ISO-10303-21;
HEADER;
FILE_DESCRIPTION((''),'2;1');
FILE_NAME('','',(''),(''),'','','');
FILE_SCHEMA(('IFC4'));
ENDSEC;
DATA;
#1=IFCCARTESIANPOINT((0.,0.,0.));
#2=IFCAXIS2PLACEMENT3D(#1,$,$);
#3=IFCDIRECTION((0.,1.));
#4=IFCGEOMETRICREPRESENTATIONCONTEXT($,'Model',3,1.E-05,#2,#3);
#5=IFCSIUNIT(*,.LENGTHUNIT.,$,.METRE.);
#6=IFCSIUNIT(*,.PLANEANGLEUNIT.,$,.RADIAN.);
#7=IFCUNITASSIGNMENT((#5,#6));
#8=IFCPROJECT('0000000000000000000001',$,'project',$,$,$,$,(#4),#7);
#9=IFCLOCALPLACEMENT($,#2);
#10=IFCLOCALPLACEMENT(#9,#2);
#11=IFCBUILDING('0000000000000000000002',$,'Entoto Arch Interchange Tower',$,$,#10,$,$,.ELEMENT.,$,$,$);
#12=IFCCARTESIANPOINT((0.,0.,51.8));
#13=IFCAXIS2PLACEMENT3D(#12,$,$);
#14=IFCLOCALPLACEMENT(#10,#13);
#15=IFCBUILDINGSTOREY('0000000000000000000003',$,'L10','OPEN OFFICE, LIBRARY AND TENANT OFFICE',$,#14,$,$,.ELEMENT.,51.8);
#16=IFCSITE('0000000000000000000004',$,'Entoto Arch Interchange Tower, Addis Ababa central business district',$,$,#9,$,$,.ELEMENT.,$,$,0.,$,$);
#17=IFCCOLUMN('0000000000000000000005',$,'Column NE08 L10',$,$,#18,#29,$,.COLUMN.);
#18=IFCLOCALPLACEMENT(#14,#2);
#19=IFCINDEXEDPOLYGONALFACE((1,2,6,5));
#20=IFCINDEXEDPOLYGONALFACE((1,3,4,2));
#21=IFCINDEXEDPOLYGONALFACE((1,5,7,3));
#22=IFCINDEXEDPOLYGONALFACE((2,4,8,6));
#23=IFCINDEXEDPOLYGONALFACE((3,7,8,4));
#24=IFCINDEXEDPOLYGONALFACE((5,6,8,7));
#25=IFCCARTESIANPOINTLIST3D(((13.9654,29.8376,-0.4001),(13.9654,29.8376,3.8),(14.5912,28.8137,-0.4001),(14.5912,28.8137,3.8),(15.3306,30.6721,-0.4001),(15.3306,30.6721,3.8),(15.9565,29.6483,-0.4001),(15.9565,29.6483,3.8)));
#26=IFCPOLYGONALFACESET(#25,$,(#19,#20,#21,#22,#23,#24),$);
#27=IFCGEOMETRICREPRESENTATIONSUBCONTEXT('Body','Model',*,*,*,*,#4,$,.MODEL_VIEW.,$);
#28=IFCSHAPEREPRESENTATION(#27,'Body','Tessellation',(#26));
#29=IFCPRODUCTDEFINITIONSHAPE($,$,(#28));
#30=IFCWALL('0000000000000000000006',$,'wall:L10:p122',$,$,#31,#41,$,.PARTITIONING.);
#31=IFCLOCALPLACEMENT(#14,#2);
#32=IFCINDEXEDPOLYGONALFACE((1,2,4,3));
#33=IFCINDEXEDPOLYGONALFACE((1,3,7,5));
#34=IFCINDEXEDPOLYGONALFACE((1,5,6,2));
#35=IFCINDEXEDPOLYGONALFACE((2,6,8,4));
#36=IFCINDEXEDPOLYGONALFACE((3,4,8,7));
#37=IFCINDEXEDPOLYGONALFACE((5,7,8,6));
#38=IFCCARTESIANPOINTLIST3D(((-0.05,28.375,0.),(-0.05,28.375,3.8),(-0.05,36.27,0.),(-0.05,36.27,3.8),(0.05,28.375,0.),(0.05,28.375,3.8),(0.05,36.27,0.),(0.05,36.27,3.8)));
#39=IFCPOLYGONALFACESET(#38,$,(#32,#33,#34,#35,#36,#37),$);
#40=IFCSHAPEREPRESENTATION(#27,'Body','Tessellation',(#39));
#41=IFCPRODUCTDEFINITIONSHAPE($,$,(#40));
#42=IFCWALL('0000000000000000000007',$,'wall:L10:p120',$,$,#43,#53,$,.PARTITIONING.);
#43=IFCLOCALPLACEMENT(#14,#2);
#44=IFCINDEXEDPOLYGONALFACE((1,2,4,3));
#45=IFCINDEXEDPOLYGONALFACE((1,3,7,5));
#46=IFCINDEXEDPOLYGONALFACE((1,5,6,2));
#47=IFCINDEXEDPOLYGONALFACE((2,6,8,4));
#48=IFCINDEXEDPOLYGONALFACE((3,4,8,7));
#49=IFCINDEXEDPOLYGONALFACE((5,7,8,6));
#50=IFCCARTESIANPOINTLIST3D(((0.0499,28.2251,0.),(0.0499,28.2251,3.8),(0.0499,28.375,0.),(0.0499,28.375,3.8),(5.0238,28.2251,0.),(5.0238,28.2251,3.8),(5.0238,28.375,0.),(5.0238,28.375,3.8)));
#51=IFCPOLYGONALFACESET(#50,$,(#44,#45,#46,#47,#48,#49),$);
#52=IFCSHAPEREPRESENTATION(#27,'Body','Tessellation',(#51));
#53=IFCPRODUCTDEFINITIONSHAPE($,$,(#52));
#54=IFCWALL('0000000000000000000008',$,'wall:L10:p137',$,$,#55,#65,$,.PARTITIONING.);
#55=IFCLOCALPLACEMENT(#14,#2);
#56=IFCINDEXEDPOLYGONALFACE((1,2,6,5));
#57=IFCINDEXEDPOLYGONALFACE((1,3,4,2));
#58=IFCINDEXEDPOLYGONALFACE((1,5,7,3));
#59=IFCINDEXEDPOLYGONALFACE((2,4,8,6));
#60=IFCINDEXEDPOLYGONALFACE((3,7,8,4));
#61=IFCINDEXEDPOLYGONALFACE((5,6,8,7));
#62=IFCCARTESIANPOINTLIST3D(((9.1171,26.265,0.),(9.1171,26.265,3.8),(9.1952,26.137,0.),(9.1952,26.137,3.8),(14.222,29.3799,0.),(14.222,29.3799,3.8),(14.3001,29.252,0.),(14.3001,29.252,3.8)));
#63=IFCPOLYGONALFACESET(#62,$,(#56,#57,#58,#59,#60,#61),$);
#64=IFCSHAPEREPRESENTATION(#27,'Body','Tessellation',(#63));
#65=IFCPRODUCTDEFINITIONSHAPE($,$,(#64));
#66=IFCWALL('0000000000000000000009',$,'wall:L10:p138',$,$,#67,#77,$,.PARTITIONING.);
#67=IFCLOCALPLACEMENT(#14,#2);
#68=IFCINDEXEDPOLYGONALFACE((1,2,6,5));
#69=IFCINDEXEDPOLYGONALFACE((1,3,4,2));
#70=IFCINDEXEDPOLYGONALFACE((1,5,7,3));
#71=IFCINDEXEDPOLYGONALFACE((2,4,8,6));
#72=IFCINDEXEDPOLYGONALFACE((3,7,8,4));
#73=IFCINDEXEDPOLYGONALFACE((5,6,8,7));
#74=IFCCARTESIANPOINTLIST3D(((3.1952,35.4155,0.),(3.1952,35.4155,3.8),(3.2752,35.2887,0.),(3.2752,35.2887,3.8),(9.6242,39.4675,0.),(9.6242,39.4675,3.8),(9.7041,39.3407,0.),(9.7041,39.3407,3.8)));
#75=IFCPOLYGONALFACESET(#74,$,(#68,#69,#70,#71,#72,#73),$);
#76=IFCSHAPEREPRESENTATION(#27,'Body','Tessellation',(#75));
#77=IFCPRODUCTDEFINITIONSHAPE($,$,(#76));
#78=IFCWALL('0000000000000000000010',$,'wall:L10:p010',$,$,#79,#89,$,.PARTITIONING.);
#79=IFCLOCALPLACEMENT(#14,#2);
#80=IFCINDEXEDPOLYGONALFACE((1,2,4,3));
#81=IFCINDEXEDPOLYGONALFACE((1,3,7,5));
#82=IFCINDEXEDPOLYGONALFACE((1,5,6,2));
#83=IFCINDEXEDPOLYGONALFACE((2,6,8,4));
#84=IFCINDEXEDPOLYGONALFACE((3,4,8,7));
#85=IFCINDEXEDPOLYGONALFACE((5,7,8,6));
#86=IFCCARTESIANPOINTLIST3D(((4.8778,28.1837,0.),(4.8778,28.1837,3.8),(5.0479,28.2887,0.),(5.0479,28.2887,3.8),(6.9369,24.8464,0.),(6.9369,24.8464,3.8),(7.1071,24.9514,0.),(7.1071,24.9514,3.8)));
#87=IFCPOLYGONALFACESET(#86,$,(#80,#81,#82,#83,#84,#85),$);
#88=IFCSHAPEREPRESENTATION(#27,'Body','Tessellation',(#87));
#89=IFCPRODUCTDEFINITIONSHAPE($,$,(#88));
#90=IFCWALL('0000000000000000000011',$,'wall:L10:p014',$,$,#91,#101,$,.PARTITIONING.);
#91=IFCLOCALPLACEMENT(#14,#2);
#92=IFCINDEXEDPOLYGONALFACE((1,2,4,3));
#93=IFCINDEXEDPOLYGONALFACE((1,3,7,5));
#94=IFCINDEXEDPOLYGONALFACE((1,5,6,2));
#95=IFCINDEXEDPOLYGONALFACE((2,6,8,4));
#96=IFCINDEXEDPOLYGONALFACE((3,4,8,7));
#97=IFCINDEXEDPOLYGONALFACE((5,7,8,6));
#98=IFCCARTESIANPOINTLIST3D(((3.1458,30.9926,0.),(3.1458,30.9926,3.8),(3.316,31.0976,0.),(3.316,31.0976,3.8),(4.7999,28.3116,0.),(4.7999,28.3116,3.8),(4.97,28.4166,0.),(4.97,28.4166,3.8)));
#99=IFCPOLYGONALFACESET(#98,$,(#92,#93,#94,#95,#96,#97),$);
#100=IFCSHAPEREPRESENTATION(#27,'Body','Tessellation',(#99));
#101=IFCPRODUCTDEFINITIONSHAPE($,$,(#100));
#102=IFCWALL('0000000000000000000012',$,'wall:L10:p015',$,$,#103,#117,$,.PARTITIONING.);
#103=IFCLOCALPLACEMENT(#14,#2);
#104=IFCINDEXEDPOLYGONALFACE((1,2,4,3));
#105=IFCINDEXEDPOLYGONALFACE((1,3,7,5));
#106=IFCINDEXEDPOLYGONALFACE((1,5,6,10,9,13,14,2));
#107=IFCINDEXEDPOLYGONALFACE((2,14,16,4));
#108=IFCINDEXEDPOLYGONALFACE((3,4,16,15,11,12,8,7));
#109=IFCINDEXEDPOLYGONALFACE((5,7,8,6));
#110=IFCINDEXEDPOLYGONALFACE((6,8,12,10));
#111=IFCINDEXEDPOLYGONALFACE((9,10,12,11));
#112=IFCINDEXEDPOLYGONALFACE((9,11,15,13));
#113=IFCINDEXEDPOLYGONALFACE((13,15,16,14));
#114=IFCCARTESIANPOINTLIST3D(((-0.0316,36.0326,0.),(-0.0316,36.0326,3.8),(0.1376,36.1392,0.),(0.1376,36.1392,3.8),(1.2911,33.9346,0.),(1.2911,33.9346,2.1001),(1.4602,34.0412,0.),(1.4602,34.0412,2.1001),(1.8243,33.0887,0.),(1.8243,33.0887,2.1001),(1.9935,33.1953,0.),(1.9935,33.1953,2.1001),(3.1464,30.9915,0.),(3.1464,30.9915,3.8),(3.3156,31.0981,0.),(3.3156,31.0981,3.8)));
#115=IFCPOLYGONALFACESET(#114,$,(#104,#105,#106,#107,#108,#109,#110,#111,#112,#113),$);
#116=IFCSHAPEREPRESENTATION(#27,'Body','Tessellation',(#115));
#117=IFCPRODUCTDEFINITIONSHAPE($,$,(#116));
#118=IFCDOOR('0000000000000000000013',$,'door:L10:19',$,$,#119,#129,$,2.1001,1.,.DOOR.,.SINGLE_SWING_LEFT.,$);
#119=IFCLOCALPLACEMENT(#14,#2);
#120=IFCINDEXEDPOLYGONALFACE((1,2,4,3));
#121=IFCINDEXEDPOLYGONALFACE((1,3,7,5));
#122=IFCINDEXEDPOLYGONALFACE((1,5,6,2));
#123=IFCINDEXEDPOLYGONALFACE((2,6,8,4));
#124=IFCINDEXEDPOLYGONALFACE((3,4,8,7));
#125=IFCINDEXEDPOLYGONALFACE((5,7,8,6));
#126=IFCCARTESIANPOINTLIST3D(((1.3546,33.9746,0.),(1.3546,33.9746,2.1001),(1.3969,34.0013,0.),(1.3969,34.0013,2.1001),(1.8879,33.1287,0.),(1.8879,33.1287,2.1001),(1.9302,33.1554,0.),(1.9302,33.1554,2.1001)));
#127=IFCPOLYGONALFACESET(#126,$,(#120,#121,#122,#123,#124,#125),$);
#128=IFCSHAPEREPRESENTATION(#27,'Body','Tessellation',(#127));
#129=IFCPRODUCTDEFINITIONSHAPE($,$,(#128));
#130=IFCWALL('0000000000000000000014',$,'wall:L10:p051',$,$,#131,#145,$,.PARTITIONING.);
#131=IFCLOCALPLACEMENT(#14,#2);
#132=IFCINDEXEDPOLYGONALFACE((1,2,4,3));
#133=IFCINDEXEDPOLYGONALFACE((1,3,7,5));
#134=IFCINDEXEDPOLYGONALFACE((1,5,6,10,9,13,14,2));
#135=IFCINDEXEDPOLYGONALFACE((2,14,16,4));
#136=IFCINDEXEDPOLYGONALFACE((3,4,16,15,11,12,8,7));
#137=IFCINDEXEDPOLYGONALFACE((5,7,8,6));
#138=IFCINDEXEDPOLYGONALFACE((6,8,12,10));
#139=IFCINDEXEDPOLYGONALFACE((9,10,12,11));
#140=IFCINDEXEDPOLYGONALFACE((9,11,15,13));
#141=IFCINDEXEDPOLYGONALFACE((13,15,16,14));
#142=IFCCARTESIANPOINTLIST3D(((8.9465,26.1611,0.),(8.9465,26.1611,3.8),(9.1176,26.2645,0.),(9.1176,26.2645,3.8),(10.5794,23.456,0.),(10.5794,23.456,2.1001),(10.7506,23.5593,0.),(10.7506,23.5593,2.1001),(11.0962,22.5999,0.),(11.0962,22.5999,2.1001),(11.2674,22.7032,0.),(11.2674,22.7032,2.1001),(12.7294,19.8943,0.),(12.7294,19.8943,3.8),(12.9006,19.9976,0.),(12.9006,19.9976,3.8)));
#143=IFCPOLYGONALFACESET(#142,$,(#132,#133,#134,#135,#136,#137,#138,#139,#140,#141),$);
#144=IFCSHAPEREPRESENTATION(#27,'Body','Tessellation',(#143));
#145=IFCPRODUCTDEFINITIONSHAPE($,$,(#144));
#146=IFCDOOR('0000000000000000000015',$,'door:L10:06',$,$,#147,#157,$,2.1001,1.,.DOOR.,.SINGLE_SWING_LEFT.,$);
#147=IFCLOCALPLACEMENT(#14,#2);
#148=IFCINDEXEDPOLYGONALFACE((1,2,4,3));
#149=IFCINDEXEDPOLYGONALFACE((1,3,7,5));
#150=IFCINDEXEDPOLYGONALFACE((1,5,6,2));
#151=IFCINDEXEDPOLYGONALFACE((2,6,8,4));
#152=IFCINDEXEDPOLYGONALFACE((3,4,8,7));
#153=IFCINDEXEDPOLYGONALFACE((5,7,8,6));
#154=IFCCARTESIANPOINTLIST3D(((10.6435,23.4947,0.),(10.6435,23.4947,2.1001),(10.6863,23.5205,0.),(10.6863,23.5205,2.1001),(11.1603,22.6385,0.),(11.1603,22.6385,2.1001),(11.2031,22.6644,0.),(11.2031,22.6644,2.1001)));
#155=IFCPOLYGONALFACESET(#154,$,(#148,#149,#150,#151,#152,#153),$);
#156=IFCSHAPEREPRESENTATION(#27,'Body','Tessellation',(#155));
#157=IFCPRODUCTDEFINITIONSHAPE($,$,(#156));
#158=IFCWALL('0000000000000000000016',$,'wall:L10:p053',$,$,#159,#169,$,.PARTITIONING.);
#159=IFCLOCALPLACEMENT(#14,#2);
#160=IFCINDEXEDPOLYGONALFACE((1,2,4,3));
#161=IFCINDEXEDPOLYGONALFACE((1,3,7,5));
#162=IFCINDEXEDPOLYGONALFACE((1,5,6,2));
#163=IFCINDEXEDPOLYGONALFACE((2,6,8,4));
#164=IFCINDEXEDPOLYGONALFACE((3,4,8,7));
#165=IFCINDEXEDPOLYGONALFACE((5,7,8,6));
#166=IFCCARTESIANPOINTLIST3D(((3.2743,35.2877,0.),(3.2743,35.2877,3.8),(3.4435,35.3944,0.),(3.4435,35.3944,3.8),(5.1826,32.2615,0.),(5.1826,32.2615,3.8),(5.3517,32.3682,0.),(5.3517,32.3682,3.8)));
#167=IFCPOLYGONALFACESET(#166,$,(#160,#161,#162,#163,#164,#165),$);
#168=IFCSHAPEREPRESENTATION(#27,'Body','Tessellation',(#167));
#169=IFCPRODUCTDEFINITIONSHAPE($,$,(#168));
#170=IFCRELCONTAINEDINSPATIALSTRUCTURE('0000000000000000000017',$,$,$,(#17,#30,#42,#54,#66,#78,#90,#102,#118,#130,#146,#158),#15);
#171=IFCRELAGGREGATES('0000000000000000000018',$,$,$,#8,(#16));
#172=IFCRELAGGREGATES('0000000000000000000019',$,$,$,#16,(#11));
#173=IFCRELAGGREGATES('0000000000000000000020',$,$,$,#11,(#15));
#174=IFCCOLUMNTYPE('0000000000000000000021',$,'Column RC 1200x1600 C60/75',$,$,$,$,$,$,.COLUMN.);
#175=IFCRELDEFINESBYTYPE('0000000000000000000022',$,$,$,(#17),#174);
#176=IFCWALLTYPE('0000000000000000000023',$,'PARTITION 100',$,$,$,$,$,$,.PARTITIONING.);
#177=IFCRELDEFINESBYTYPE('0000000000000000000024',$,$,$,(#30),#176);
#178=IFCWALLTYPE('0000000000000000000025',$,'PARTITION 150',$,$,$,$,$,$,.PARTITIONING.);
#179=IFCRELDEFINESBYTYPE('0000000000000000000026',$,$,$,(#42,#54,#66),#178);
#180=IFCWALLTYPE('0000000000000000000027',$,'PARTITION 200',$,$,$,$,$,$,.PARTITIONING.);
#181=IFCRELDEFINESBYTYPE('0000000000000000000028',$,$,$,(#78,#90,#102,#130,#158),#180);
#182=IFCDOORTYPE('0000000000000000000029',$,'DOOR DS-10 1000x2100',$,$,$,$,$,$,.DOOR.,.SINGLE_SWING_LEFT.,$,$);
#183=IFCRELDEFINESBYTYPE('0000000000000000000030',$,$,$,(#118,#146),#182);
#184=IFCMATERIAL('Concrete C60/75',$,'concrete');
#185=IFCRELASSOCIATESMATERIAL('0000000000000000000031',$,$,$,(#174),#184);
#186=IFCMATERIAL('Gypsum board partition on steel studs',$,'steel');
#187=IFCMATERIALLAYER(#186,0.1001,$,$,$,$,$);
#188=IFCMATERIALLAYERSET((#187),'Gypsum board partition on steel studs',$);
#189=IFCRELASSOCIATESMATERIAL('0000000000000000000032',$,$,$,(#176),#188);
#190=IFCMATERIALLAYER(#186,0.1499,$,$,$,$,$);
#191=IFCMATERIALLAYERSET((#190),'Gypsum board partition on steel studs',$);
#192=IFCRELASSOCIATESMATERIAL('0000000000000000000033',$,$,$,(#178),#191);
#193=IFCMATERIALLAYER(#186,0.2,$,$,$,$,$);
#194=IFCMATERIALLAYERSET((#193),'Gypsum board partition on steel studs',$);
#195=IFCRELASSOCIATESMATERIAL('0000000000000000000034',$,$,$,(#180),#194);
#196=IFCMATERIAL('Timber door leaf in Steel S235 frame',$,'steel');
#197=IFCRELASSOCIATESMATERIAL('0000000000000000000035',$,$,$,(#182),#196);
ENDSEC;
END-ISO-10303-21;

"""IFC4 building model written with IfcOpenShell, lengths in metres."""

from ifc_helpers import new_model, si_unit, direction, frame, frame_2d, origin, origin_2d, place, context, subcontext, project, spatial, rectangle, extrude, material, layer, layer_set, material_profile, profile_set, type_object, element, fill, save


model = new_model("IFC4")

# Units and contexts
model_context = context("Model", 3, precision=1e-05, world=origin(), true_north=direction((0.0, 1.0)))
body_context = subcontext(model_context, "Body", "Model", "MODEL_VIEW")
ifc_project = project(units=[si_unit("LENGTHUNIT", "METRE"), si_unit("PLANEANGLEUNIT", "RADIAN")], contexts=[model_context])

# Site, building, storey
site_placement = place(None, origin())
site = spatial("IfcSite", under=ifc_project, at=site_placement, Name="Entoto Arch Interchange Tower, Addis Ababa central business district", CompositionType="ELEMENT", RefElevation=0.0)
building_placement = place(site_placement, origin())
building = spatial("IfcBuilding", under=site, at=building_placement, Name="Entoto Arch Interchange Tower", CompositionType="ELEMENT")
storey_placement = place(building_placement, frame((0.0, 0.0, 51.8)))
storey = spatial("IfcBuildingStorey", under=building, at=storey_placement, Name="L10", Description="OPEN OFFICE, LIBRARY AND TENANT OFFICE", CompositionType="ELEMENT", Elevation=51.8)

# Column
ifc_material_1 = material(Name="Concrete C60/75", Category="concrete")
ifc_material_profile = material_profile(ifc_material_1, rectangle(XDim=1.2, YDim=1.6001, at=origin_2d()))
ifc_profile_set = profile_set([ifc_material_profile], Name="Concrete C60/75")
column_type = type_object("IfcColumnType", Name="Column RC 1200x1600 C60/75", PredefinedType="COLUMN", material=ifc_profile_set)
column_placement = place(storey_placement, frame((14.9609, 29.7429, -0.4001), z_axis=(0.0, 0.0, 1.0), x_axis=(-0.521546, 0.853223, 0.0)))
element("IfcColumn", 1, at=column_placement, inside=storey, type_object=column_type, Name="Column NE08 L10", PredefinedType="COLUMN", context=body_context, shape_type="SweptSolid", body=[
    extrude(rectangle(XDim=1.2, YDim=1.6001, at=origin_2d()), origin(), (0.0, 0.0, 1.0), 4.2002),
])

# Walls
ifc_material_2 = material(Name="Gypsum board partition on steel studs", Category="steel")
ifc_layer_1 = layer(ifc_material_2, 0.1001)
ifc_layer_set_1 = layer_set([ifc_layer_1], Name="Gypsum board partition on steel studs")
wall_type_1 = type_object("IfcWallType", Name="PARTITION 100", PredefinedType="PARTITIONING", material=ifc_layer_set_1)
wall_1_placement = place(storey_placement, frame((0.0, 28.375, 0.0), z_axis=(0.0, 0.0, 1.0), x_axis=(0.0, 1.0, 0.0)))
element("IfcWall", 2, at=wall_1_placement, inside=storey, type_object=wall_type_1, Name="wall:L10:p122", PredefinedType="PARTITIONING", context=body_context, shape_type="SweptSolid", body=[
    extrude(rectangle(XDim=7.895, YDim=0.1001, at=frame_2d((3.9475, 0.0))), origin(), (0.0, 0.0, 1.0), 3.8),
])
ifc_layer_2 = layer(ifc_material_2, 0.1499)
ifc_layer_set_2 = layer_set([ifc_layer_2], Name="Gypsum board partition on steel studs")
wall_type_2 = type_object("IfcWallType", Name="PARTITION 150", PredefinedType="PARTITIONING", material=ifc_layer_set_2)
wall_2_placement = place(storey_placement, frame((0.05, 28.3, 0.0), z_axis=(0.0, 0.0, 1.0), x_axis=(1.0, 0.0, 0.0)))
element("IfcWall", 3, at=wall_2_placement, inside=storey, type_object=wall_type_2, Name="wall:L10:p120", PredefinedType="PARTITIONING", context=body_context, shape_type="SweptSolid", body=[
    extrude(rectangle(XDim=4.9739, YDim=0.1499, at=frame_2d((2.4868, 0.0))), origin(), (0.0, 0.0, 1.0), 3.8),
])
wall_3_placement = place(storey_placement, frame((9.156, 26.2009, 0.0), z_axis=(0.0, 0.0, 1.0), x_axis=(0.853633, 0.520875, 0.0)))
element("IfcWall", 4, at=wall_3_placement, inside=storey, type_object=wall_type_2, Name="wall:L10:p137", PredefinedType="PARTITIONING", context=body_context, shape_type="SweptSolid", body=[
    extrude(rectangle(XDim=5.9802, YDim=0.1499, at=frame_2d((2.9902, 0.0))), origin(), (0.0, 0.0, 1.0), 3.8),
])
wall_4_placement = place(storey_placement, frame((3.2351, 35.3521, 0.0), z_axis=(0.0, 0.0, 1.0), x_axis=(0.845987, 0.533203, 0.0)))
element("IfcWall", 5, at=wall_4_placement, inside=storey, type_object=wall_type_2, Name="wall:L10:p138", PredefinedType="PARTITIONING", context=body_context, shape_type="SweptSolid", body=[
    extrude(rectangle(XDim=7.5994, YDim=0.1499, at=frame_2d((3.7998, 0.0))), origin(), (0.0, 0.0, 1.0), 3.8),
])
ifc_layer_3 = layer(ifc_material_2, 0.2)
ifc_layer_set_3 = layer_set([ifc_layer_3], Name="Gypsum board partition on steel studs")
wall_type_3 = type_object("IfcWallType", Name="PARTITION 200", PredefinedType="PARTITIONING", material=ifc_layer_set_3)
wall_5_placement = place(storey_placement, frame((7.022, 24.8989, 0.0), z_axis=(0.0, 0.0, 1.0), x_axis=(-0.525104, 0.851038, 0.0)))
element("IfcWall", 6, at=wall_5_placement, inside=storey, type_object=wall_type_3, Name="wall:L10:p010", PredefinedType="PARTITIONING", context=body_context, shape_type="SweptSolid", body=[
    extrude(rectangle(XDim=3.9214, YDim=0.2, at=frame_2d((1.9607, 0.0))), origin(), (0.0, 0.0, 1.0), 3.8),
])
wall_6_placement = place(storey_placement, frame((4.885, 28.364, 0.0), z_axis=(0.0, 0.0, 1.0), x_axis=(-0.525079, 0.851054, 0.0)))
element("IfcWall", 7, at=wall_6_placement, inside=storey, type_object=wall_type_3, Name="wall:L10:p014", PredefinedType="PARTITIONING", context=body_context, shape_type="SweptSolid", body=[
    extrude(rectangle(XDim=3.1501, YDim=0.2, at=frame_2d((1.5752, 0.0))), origin(), (0.0, 0.0, 1.0), 3.8),
])

# Walls, openings, doors
wall_7_placement = place(storey_placement, frame((3.231, 31.0449, 0.0), z_axis=(0.0, 0.0, 1.0), x_axis=(-0.533295, 0.84593, 0.0)))
wall_7 = element("IfcWall", 8, at=wall_7_placement, inside=storey, type_object=wall_type_3, Name="wall:L10:p015", PredefinedType="PARTITIONING", context=body_context, shape_type="SweptSolid", body=[
    extrude(rectangle(XDim=5.9592, YDim=0.2, at=frame_2d((2.9795, 0.0))), origin(), (0.0, 0.0, 1.0), 3.8),
])
opening_1_placement = place(wall_7_placement, frame((2.479, 0.0, 0.0)))
opening_1 = element("IfcOpeningElement", 9, at=opening_1_placement, cuts=wall_7, PredefinedType="OPENING", context=body_context, shape_type="SweptSolid", body=[
    extrude(rectangle(XDim=1.0, YDim=2.1001, at=frame_2d((0.5, 1.05))), frame((0.0, 0.1099, 0.0), z_axis=(0.0, -1.0, 0.0), x_axis=(1.0, 0.0, 0.0)), (0.0, 0.0, 1.0), 0.22),
])
ifc_material_3 = material(Name="Timber door leaf in Steel S235 frame", Category="steel")
door_type = type_object("IfcDoorType", Name="DOOR DS-10 1000x2100", OperationType="SINGLE_SWING_LEFT", PredefinedType="DOOR", material=ifc_material_3)
door_1_placement = place(opening_1_placement, origin())
door_1 = element("IfcDoor", 10, at=door_1_placement, inside=storey, type_object=door_type, Name="door:L10:19", OperationType="SINGLE_SWING_LEFT", OverallHeight=2.1001, OverallWidth=1.0, PredefinedType="DOOR", context=body_context, shape_type="SweptSolid", body=[
    extrude(rectangle(XDim=1.0, YDim=2.1001, at=frame_2d((0.5, 1.05))), frame((0.0, 0.0249, 0.0), z_axis=(0.0, -1.0, 0.0), x_axis=(1.0, 0.0, 0.0)), (0.0, 0.0, 1.0), 0.05),
])
fill(opening_1, door_1)
wall_8_placement = place(storey_placement, frame((9.032, 26.2129, 0.0), z_axis=(0.0, 0.0, 1.0), x_axis=(0.516789, -0.856113, 0.0)))
wall_8 = element("IfcWall", 11, at=wall_8_placement, inside=storey, type_object=wall_type_3, Name="wall:L10:p051", PredefinedType="PARTITIONING", context=body_context, shape_type="SweptSolid", body=[
    extrude(rectangle(XDim=7.3201, YDim=0.2, at=frame_2d((3.6602, 0.0))), origin(), (0.0, 0.0, 1.0), 3.8),
])
opening_2_placement = place(wall_8_placement, frame((3.1599, 0.0, 0.0)))
opening_2 = element("IfcOpeningElement", 12, at=opening_2_placement, cuts=wall_8, PredefinedType="OPENING", context=body_context, shape_type="SweptSolid", body=[
    extrude(rectangle(XDim=1.0, YDim=2.1001, at=frame_2d((0.5, 1.05))), frame((0.0, 0.1099, 0.0), z_axis=(0.0, -1.0, 0.0), x_axis=(1.0, 0.0, 0.0)), (0.0, 0.0, 1.0), 0.22),
])
door_2_placement = place(opening_2_placement, origin())
door_2 = element("IfcDoor", 13, at=door_2_placement, inside=storey, type_object=door_type, Name="door:L10:06", OperationType="SINGLE_SWING_LEFT", OverallHeight=2.1001, OverallWidth=1.0, PredefinedType="DOOR", context=body_context, shape_type="SweptSolid", body=[
    extrude(rectangle(XDim=1.0, YDim=2.1001, at=frame_2d((0.5, 1.05))), frame((0.0, 0.0249, 0.0), z_axis=(0.0, -1.0, 0.0), x_axis=(1.0, 0.0, 0.0)), (0.0, 0.0, 1.0), 0.05),
])
fill(opening_2, door_2)

# Wall
wall_9_placement = place(storey_placement, frame((3.3589, 35.3411, 0.0), z_axis=(0.0, 0.0, 1.0), x_axis=(0.533387, -0.845871, 0.0)))
element("IfcWall", 14, at=wall_9_placement, inside=storey, type_object=wall_type_3, Name="wall:L10:p053", PredefinedType="PARTITIONING", context=body_context, shape_type="SweptSolid", body=[
    extrude(rectangle(XDim=3.5776, YDim=0.2, at=frame_2d((1.7888, 0.0))), origin(), (0.0, 0.0, 1.0), 3.8),
])

save(model, "model.ifc")
